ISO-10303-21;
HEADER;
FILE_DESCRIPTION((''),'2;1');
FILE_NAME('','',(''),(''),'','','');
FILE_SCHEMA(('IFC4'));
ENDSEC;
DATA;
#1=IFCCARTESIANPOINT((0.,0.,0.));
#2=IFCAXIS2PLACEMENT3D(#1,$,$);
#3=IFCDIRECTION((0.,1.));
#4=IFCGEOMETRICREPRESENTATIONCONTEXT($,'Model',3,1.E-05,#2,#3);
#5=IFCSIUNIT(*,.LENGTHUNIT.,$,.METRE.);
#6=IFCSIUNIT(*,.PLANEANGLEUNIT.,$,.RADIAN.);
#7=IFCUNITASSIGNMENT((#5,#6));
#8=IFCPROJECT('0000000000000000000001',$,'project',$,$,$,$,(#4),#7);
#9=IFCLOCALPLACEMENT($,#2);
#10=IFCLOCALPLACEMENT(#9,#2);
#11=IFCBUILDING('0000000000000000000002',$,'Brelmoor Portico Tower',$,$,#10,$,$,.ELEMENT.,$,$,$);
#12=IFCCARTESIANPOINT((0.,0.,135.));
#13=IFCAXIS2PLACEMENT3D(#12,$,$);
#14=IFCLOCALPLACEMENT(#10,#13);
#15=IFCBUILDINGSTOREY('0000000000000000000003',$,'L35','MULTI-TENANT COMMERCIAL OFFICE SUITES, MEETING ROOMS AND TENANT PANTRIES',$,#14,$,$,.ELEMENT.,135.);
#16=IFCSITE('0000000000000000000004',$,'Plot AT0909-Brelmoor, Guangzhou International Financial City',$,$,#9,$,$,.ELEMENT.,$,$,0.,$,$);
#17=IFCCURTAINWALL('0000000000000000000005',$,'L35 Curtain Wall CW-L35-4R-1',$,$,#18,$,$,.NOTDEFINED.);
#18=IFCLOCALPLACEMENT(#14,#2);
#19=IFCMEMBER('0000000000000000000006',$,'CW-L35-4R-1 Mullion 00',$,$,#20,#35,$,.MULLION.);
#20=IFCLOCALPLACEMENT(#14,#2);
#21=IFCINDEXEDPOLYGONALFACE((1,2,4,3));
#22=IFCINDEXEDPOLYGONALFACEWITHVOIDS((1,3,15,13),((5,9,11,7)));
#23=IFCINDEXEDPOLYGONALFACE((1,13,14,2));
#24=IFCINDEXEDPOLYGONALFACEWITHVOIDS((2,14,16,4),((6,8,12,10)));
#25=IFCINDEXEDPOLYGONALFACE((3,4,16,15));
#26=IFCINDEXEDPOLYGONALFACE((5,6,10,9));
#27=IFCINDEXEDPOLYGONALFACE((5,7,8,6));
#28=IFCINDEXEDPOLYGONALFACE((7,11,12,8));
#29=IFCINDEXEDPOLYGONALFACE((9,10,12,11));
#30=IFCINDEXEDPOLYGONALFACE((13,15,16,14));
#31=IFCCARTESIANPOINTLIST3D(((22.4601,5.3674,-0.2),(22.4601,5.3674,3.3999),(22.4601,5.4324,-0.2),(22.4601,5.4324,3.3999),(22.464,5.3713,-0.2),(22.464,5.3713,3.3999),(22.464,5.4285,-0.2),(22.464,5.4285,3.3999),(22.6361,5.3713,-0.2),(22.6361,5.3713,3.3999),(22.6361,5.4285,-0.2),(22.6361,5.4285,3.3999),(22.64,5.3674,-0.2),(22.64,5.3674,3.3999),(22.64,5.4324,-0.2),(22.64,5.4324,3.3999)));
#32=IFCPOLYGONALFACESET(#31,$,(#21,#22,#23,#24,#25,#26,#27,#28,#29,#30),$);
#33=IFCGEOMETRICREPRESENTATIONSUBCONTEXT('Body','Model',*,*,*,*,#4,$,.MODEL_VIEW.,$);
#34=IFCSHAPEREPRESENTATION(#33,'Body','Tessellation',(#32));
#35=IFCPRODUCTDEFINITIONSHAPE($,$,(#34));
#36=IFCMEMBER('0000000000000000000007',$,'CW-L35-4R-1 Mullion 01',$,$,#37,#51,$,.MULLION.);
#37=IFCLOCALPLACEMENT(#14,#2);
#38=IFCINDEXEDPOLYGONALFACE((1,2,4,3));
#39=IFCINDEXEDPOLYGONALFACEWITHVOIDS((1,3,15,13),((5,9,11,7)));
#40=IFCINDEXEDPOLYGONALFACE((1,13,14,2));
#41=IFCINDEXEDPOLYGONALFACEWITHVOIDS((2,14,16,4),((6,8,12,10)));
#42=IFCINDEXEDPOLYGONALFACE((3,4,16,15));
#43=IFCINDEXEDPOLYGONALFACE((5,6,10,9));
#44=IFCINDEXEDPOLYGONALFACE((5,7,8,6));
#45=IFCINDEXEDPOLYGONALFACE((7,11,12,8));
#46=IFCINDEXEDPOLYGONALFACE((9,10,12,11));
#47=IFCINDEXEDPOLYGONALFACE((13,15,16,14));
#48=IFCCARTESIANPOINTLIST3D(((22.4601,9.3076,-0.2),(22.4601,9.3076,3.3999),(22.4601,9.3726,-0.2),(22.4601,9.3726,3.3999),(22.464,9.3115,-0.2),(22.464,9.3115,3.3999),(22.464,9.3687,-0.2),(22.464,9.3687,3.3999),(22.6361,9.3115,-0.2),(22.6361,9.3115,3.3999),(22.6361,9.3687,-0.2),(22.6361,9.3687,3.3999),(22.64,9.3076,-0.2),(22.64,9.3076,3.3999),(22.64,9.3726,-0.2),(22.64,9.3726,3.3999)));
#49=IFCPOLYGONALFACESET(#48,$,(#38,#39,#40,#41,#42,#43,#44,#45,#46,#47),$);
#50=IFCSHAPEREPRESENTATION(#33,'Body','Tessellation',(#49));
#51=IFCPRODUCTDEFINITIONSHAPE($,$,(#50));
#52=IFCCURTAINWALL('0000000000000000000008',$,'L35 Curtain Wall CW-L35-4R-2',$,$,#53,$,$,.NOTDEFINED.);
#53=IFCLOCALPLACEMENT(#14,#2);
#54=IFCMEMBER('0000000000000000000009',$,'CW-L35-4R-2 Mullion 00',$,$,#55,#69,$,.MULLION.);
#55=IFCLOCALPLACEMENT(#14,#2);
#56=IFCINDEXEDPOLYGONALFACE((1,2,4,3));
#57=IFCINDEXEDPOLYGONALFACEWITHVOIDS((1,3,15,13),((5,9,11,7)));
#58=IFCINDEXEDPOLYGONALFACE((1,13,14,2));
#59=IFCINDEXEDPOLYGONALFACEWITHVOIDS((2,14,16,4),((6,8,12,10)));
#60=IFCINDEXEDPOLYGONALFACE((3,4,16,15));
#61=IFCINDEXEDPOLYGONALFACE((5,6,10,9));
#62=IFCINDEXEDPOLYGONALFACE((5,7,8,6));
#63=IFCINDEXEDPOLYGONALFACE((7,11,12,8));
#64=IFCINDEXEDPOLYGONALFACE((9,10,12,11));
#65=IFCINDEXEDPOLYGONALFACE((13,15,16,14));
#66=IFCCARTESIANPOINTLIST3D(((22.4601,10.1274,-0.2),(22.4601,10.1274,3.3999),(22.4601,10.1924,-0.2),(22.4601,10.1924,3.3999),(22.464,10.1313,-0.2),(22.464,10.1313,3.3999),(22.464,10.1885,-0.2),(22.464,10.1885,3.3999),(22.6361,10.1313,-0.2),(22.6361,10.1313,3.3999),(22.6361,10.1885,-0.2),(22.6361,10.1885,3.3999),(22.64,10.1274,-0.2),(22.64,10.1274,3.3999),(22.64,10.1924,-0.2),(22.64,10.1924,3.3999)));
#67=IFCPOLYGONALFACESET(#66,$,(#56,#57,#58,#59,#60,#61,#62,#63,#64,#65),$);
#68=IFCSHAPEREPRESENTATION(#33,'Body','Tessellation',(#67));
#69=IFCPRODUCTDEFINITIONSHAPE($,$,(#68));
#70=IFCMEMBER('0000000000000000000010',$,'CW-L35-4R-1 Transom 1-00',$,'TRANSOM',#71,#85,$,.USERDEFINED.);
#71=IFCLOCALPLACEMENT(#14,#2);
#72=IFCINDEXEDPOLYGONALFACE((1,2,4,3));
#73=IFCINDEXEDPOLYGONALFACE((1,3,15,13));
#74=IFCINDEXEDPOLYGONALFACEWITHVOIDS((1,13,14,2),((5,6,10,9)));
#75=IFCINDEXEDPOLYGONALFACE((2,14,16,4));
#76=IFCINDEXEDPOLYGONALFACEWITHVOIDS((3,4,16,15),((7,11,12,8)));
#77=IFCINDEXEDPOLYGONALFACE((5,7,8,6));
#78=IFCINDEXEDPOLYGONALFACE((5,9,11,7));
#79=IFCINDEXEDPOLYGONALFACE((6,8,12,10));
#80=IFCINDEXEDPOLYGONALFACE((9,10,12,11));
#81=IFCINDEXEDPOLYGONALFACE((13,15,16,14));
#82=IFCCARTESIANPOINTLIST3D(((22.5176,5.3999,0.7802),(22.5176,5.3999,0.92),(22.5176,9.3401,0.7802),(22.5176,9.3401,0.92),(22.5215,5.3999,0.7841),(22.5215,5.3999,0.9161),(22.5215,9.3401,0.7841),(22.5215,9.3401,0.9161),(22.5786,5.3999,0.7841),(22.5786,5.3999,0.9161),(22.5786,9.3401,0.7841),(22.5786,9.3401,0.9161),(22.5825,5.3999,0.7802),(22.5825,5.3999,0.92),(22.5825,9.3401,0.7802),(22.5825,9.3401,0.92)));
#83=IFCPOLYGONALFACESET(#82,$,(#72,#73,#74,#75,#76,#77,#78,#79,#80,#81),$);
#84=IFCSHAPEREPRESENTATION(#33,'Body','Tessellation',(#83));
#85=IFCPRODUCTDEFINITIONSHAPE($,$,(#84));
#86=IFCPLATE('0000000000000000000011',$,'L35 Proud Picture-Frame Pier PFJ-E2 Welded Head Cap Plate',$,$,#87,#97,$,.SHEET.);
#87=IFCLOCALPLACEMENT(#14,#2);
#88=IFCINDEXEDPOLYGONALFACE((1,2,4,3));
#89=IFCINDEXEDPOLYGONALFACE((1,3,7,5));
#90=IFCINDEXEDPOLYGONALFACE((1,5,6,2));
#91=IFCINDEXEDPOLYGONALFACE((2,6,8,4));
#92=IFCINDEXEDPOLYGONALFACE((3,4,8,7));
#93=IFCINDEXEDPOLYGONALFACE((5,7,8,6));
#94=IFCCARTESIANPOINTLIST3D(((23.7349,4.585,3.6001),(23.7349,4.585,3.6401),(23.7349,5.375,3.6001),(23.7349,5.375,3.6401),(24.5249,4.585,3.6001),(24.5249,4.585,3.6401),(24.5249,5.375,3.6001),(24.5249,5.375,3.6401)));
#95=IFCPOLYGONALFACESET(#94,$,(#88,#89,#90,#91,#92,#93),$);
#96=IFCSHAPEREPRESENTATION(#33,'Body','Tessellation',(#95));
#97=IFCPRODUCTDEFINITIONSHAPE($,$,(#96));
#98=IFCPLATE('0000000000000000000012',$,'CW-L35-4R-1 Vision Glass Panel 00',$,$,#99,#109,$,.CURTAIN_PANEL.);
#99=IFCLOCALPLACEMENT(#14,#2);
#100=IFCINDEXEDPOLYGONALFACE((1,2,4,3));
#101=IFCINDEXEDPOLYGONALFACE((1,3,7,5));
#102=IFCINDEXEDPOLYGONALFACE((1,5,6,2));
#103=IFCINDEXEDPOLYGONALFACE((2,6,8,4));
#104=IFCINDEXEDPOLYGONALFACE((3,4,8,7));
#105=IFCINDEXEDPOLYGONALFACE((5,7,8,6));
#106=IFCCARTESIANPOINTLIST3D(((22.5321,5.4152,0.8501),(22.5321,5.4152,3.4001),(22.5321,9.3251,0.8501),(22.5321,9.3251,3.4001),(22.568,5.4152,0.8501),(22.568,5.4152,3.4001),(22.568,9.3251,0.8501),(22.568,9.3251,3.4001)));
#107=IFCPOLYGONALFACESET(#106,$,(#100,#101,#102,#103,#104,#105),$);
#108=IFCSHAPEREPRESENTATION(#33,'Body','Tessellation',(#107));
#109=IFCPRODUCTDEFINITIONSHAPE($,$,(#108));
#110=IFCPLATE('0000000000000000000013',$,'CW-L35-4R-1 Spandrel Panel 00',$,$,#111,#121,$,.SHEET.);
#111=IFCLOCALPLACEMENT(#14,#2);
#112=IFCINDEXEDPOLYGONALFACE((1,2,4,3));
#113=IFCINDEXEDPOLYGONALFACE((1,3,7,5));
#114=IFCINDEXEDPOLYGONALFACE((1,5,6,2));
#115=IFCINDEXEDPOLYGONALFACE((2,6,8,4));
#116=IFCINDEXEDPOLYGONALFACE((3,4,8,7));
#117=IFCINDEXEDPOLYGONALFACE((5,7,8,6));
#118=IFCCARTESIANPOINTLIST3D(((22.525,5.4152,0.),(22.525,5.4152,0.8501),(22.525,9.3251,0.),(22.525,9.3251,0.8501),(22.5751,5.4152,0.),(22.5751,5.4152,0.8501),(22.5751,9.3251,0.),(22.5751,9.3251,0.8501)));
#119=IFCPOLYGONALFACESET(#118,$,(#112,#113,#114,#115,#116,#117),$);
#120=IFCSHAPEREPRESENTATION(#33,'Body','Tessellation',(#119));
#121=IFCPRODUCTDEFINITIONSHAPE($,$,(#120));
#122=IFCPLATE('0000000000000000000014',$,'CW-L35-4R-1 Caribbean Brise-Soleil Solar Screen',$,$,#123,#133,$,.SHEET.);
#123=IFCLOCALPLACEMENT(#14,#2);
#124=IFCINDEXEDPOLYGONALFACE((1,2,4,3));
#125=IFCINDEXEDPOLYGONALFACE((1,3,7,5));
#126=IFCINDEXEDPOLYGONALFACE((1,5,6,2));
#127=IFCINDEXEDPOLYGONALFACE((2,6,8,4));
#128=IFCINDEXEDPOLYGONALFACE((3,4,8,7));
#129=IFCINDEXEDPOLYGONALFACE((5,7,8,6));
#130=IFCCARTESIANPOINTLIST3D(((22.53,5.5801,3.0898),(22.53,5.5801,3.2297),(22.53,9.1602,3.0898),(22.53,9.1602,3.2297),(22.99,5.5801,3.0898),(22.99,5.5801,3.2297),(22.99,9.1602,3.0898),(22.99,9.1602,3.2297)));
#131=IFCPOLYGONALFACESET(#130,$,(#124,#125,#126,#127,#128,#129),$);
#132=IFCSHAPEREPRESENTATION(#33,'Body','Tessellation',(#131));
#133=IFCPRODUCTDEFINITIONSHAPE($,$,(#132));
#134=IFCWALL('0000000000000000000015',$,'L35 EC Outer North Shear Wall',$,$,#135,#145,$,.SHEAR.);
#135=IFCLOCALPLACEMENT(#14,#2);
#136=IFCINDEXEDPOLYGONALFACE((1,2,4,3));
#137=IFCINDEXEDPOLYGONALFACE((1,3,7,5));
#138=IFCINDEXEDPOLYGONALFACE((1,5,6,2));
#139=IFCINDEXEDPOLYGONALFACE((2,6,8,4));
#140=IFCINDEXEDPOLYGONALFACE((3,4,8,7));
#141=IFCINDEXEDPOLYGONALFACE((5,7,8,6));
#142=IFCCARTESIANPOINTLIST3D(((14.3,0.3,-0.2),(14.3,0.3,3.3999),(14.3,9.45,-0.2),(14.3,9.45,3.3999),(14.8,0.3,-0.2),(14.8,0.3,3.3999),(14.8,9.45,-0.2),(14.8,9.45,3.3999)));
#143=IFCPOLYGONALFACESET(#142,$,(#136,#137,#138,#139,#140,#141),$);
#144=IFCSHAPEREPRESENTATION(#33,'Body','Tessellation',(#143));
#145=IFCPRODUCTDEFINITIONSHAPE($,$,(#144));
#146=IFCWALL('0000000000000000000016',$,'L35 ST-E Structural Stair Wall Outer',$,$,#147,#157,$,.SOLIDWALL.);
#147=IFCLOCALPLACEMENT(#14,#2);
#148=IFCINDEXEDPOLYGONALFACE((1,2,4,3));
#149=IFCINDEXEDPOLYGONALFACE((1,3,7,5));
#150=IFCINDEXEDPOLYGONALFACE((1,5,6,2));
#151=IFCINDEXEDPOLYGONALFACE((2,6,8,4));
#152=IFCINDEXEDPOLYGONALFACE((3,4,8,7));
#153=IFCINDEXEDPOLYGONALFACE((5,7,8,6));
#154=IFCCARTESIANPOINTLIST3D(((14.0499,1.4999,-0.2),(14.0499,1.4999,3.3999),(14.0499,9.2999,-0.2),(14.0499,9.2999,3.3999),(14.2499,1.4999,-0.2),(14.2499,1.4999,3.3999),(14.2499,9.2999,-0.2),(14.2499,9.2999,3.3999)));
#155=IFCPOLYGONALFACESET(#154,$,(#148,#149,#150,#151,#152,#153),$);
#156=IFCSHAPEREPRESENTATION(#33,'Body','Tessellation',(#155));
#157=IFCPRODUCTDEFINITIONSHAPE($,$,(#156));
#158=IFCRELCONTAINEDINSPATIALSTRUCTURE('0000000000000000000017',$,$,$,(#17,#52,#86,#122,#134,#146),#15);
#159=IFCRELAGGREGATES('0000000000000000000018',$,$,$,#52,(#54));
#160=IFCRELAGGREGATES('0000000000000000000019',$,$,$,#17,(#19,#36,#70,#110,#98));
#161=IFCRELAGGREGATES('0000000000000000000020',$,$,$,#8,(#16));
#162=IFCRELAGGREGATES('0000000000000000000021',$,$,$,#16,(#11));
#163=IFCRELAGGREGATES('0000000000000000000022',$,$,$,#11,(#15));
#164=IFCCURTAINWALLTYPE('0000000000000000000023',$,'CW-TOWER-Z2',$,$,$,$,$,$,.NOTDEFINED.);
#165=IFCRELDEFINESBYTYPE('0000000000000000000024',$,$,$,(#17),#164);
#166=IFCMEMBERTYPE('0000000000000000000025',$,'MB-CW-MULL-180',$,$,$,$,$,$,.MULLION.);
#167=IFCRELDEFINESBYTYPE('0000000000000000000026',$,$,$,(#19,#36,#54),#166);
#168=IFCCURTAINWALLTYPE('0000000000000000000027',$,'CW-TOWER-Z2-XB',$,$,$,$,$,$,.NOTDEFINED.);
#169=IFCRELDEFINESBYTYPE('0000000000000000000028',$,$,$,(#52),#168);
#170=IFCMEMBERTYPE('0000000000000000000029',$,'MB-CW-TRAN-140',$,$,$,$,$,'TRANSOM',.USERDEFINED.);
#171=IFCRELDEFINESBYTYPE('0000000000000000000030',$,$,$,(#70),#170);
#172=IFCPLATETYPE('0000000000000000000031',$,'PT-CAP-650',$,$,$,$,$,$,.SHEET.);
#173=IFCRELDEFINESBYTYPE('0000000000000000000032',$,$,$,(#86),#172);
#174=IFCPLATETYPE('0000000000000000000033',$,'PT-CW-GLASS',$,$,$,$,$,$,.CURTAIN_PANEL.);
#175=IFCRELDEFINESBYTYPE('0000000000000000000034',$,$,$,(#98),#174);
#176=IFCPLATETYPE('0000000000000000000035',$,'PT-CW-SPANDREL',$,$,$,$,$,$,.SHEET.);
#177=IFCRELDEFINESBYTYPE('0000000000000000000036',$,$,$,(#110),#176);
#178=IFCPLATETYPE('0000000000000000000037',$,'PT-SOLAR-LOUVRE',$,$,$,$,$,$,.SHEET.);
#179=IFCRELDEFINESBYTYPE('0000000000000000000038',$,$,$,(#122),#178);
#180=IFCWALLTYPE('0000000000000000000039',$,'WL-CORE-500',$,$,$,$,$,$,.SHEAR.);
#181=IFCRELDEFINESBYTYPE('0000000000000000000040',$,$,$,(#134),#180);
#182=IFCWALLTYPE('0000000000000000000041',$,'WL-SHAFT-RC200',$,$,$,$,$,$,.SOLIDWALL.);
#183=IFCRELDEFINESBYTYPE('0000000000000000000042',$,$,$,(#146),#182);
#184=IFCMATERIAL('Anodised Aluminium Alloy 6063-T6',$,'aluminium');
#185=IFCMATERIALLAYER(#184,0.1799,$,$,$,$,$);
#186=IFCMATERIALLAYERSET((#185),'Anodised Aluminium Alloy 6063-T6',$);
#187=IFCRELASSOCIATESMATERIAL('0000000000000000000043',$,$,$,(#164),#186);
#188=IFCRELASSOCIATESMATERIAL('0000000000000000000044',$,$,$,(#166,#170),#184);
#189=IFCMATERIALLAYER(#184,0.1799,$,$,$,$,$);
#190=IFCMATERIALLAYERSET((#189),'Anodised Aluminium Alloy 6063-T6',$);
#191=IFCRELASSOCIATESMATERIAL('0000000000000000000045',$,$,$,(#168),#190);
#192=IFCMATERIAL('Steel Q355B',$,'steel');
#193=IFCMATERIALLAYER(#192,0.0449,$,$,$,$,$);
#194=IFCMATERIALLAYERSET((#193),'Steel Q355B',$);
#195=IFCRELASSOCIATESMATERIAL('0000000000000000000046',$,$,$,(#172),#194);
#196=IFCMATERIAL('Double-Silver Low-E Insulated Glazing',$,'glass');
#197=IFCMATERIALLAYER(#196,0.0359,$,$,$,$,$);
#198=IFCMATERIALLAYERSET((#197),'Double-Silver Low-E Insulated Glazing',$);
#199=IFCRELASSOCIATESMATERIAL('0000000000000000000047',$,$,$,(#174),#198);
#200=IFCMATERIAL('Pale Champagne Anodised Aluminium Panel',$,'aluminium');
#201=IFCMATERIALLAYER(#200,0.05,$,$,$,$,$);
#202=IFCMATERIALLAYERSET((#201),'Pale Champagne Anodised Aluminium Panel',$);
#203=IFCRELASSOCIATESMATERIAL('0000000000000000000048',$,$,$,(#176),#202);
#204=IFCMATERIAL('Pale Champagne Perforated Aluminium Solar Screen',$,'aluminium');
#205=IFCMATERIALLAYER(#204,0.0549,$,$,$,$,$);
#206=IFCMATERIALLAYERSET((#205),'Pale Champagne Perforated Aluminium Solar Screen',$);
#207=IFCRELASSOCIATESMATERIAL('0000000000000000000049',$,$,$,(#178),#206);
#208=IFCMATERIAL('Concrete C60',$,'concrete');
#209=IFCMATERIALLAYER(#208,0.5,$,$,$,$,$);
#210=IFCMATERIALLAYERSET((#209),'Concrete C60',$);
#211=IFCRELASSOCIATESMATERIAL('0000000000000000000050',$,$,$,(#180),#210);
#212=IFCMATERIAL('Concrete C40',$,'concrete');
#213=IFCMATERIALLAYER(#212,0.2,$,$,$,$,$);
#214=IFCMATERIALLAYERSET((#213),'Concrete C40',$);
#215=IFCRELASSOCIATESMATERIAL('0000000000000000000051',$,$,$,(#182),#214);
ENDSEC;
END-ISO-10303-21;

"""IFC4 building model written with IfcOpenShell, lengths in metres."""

from ifc_helpers import new_model, si_unit, direction, frame, frame_2d, origin, origin_2d, place, context, subcontext, project, spatial, rectangle, hollow_rectangle, extrude, material, layer, layer_set, material_profile, profile_set, type_object, element, aggregate, save


model = new_model("IFC4")

# Units and contexts
model_context = context("Model", 3, precision=1e-05, world=origin(), true_north=direction((0.0, 1.0)))
body_context = subcontext(model_context, "Body", "Model", "MODEL_VIEW")
ifc_project = project(units=[si_unit("LENGTHUNIT", "METRE"), si_unit("PLANEANGLEUNIT", "RADIAN")], contexts=[model_context])

# Site, building, storey
site_placement = place(None, origin())
site = spatial("IfcSite", under=ifc_project, at=site_placement, Name="Plot AT0909-Brelmoor, Guangzhou International Financial City", CompositionType="ELEMENT", RefElevation=0.0)
building_placement = place(site_placement, origin())
building = spatial("IfcBuilding", under=site, at=building_placement, Name="Brelmoor Portico Tower", CompositionType="ELEMENT")
storey_placement = place(building_placement, frame((0.0, 0.0, 135.0)))
storey = spatial("IfcBuildingStorey", under=building, at=storey_placement, Name="L35", Description="MULTI-TENANT COMMERCIAL OFFICE SUITES, MEETING ROOMS AND TENANT PANTRIES", CompositionType="ELEMENT", Elevation=135.0)

# Shared definitions
ifc_material_1 = material(Name="Steel Q355B", Category="steel")

# Curtain wall, members
ifc_material_2 = material(Name="Anodised Aluminium Alloy 6063-T6", Category="aluminium")
ifc_layer_1 = layer(ifc_material_2, 0.1799)
ifc_layer_set_1 = layer_set([ifc_layer_1], Name="Anodised Aluminium Alloy 6063-T6")
curtain_wall_type_1 = type_object("IfcCurtainWallType", Name="CW-TOWER-Z2", PredefinedType="NOTDEFINED", material=ifc_layer_set_1)
curtain_wall_1_placement = place(storey_placement, origin())
curtain_wall_1 = element("IfcCurtainWall", 1, at=curtain_wall_1_placement, inside=storey, type_object=curtain_wall_type_1, Name="L35 Curtain Wall CW-L35-4R-1", PredefinedType="NOTDEFINED")
ifc_material_profile_1 = material_profile(ifc_material_2, hollow_rectangle(XDim=0.0649, YDim=0.1799, WallThickness=0.0039, at=origin_2d()), Name="ALU MULLION 65x180")
ifc_profile_set_1 = profile_set([ifc_material_profile_1], Name="Anodised Aluminium Alloy 6063-T6")
member_type_1 = type_object("IfcMemberType", Name="MB-CW-MULL-180", PredefinedType="MULLION", material=ifc_profile_set_1)
member_1_placement = place(storey_placement, frame((22.55, 5.3999, -0.2), z_axis=(0.0, 0.0, 1.0), x_axis=(0.0, 1.0, 0.0)))
member_1 = element("IfcMember", 2, at=member_1_placement, type_object=member_type_1, Name="CW-L35-4R-1 Mullion 00", PredefinedType="MULLION", context=body_context, shape_type="SweptSolid", body=[
    extrude(hollow_rectangle(XDim=0.0649, YDim=0.1799, WallThickness=0.0039, at=origin_2d()), origin(), (0.0, 0.0, 1.0), 3.5999),
])
member_2_placement = place(storey_placement, frame((22.55, 9.3401, -0.2), z_axis=(0.0, 0.0, 1.0), x_axis=(0.0, 1.0, 0.0)))
member_2 = element("IfcMember", 3, at=member_2_placement, type_object=member_type_1, Name="CW-L35-4R-1 Mullion 01", PredefinedType="MULLION", context=body_context, shape_type="SweptSolid", body=[
    extrude(hollow_rectangle(XDim=0.0649, YDim=0.1799, WallThickness=0.0039, at=origin_2d()), origin(), (0.0, 0.0, 1.0), 3.5999),
])

# Curtain wall, member
ifc_layer_2 = layer(ifc_material_2, 0.1799)
ifc_layer_set_2 = layer_set([ifc_layer_2], Name="Anodised Aluminium Alloy 6063-T6")
curtain_wall_type_2 = type_object("IfcCurtainWallType", Name="CW-TOWER-Z2-XB", PredefinedType="NOTDEFINED", material=ifc_layer_set_2)
curtain_wall_2_placement = place(storey_placement, origin())
curtain_wall_2 = element("IfcCurtainWall", 4, at=curtain_wall_2_placement, inside=storey, type_object=curtain_wall_type_2, Name="L35 Curtain Wall CW-L35-4R-2", PredefinedType="NOTDEFINED")
member_3_placement = place(storey_placement, frame((22.55, 10.1599, -0.2), z_axis=(0.0, 0.0, 1.0), x_axis=(0.0, 1.0, 0.0)))
member_3 = element("IfcMember", 5, at=member_3_placement, type_object=member_type_1, Name="CW-L35-4R-2 Mullion 00", PredefinedType="MULLION", context=body_context, shape_type="SweptSolid", body=[
    extrude(hollow_rectangle(XDim=0.0649, YDim=0.1799, WallThickness=0.0039, at=origin_2d()), origin(), (0.0, 0.0, 1.0), 3.5999),
])
aggregate(curtain_wall_2, [member_3])

# Member
ifc_material_profile_2 = material_profile(ifc_material_2, hollow_rectangle(XDim=0.0649, YDim=0.1399, WallThickness=0.0039, at=origin_2d()), Name="ALU TRANSOM 65x140")
ifc_profile_set_2 = profile_set([ifc_material_profile_2], Name="Anodised Aluminium Alloy 6063-T6")
member_type_2 = type_object("IfcMemberType", Name="MB-CW-TRAN-140", ElementType="TRANSOM", PredefinedType="USERDEFINED", material=ifc_profile_set_2)
member_4_placement = place(storey_placement, frame((22.55, 5.3999, 0.8501), z_axis=(0.0, 1.0, 0.0), x_axis=(-1.0, 0.0, 0.0)))
member_4 = element("IfcMember", 6, at=member_4_placement, type_object=member_type_2, Name="CW-L35-4R-1 Transom 1-00", ObjectType="TRANSOM", PredefinedType="USERDEFINED", context=body_context, shape_type="SweptSolid", body=[
    extrude(hollow_rectangle(XDim=0.0649, YDim=0.1399, WallThickness=0.0039, at=origin_2d()), origin(), (0.0, 0.0, 1.0), 3.9402),
])

# Plates
ifc_layer_3 = layer(ifc_material_1, 0.0449)
ifc_layer_set_3 = layer_set([ifc_layer_3], Name="Steel Q355B")
plate_type_1 = type_object("IfcPlateType", Name="PT-CAP-650", PredefinedType="SHEET", material=ifc_layer_set_3)
plate_1_placement = place(storey_placement, frame((24.1299, 4.98, 3.6001), z_axis=(0.0, 0.0, 1.0), x_axis=(0.0, 1.0, 0.0)))
element("IfcPlate", 7, at=plate_1_placement, inside=storey, type_object=plate_type_1, Name="L35 Proud Picture-Frame Pier PFJ-E2 Welded Head Cap Plate", PredefinedType="SHEET", context=body_context, shape_type="SweptSolid", body=[
    extrude(rectangle(XDim=0.79, YDim=0.79, at=origin_2d()), origin(), (0.0, 0.0, 1.0), 0.04),
])
ifc_material_3 = material(Name="Double-Silver Low-E Insulated Glazing", Category="glass")
ifc_layer_4 = layer(ifc_material_3, 0.0359)
ifc_layer_set_4 = layer_set([ifc_layer_4], Name="Double-Silver Low-E Insulated Glazing")
plate_type_2 = type_object("IfcPlateType", Name="PT-CW-GLASS", PredefinedType="CURTAIN_PANEL", material=ifc_layer_set_4)
plate_2_placement = place(storey_placement, frame((22.55, 7.3701, 0.8501), z_axis=(0.0, 0.0, 1.0), x_axis=(0.0, 1.0, 0.0)))
plate_2 = element("IfcPlate", 8, at=plate_2_placement, type_object=plate_type_2, Name="CW-L35-4R-1 Vision Glass Panel 00", PredefinedType="CURTAIN_PANEL", context=body_context, shape_type="SweptSolid", body=[
    extrude(rectangle(XDim=3.9099, YDim=0.0359, at=origin_2d()), origin(), (0.0, 0.0, 1.0), 2.55),
])
ifc_material_4 = material(Name="Pale Champagne Anodised Aluminium Panel", Category="aluminium")
ifc_layer_5 = layer(ifc_material_4, 0.05)
ifc_layer_set_5 = layer_set([ifc_layer_5], Name="Pale Champagne Anodised Aluminium Panel")
plate_type_3 = type_object("IfcPlateType", Name="PT-CW-SPANDREL", PredefinedType="SHEET", material=ifc_layer_set_5)
plate_3_placement = place(storey_placement, frame((22.55, 7.3701, 0.0), z_axis=(0.0, 0.0, 1.0), x_axis=(0.0, 1.0, 0.0)))
plate_3 = element("IfcPlate", 9, at=plate_3_placement, type_object=plate_type_3, Name="CW-L35-4R-1 Spandrel Panel 00", PredefinedType="SHEET", context=body_context, shape_type="SweptSolid", body=[
    extrude(rectangle(XDim=3.9099, YDim=0.05, at=origin_2d()), origin(), (0.0, 0.0, 1.0), 0.8501),
])
aggregate(curtain_wall_1, [member_1, member_2, member_4, plate_3, plate_2])
ifc_material_5 = material(Name="Pale Champagne Perforated Aluminium Solar Screen", Category="aluminium")
ifc_layer_6 = layer(ifc_material_5, 0.0549)
ifc_layer_set_6 = layer_set([ifc_layer_6], Name="Pale Champagne Perforated Aluminium Solar Screen")
plate_type_4 = type_object("IfcPlateType", Name="PT-SOLAR-LOUVRE", PredefinedType="SHEET", material=ifc_layer_set_6)
plate_4_placement = place(storey_placement, frame((22.76, 7.3701, 3.0898), z_axis=(0.0, 0.0, 1.0), x_axis=(0.0, 1.0, 0.0)))
element("IfcPlate", 10, at=plate_4_placement, inside=storey, type_object=plate_type_4, Name="CW-L35-4R-1 Caribbean Brise-Soleil Solar Screen", PredefinedType="SHEET", context=body_context, shape_type="SweptSolid", body=[
    extrude(rectangle(XDim=3.5801, YDim=0.46, at=origin_2d()), origin(), (0.0, 0.0, 1.0), 0.1399),
])

# Walls
ifc_material_6 = material(Name="Concrete C60", Category="concrete")
ifc_layer_7 = layer(ifc_material_6, 0.5)
ifc_layer_set_7 = layer_set([ifc_layer_7], Name="Concrete C60")
wall_type_1 = type_object("IfcWallType", Name="WL-CORE-500", PredefinedType="SHEAR", material=ifc_layer_set_7)
wall_1_placement = place(storey_placement, frame((14.55, 0.3, -0.2), z_axis=(0.0, 0.0, 1.0), x_axis=(0.0, 1.0, 0.0)))
element("IfcWall", 11, at=wall_1_placement, inside=storey, type_object=wall_type_1, Name="L35 EC Outer North Shear Wall", PredefinedType="SHEAR", context=body_context, shape_type="SweptSolid", body=[
    extrude(rectangle(XDim=9.1499, YDim=0.5, at=frame_2d((4.575, 0.0))), origin(), (0.0, 0.0, 1.0), 3.5999),
])
ifc_material_7 = material(Name="Concrete C40", Category="concrete")
ifc_layer_8 = layer(ifc_material_7, 0.2)
ifc_layer_set_8 = layer_set([ifc_layer_8], Name="Concrete C40")
wall_type_2 = type_object("IfcWallType", Name="WL-SHAFT-RC200", PredefinedType="SOLIDWALL", material=ifc_layer_set_8)
wall_2_placement = place(storey_placement, frame((14.1499, 1.5, -0.2), z_axis=(0.0, 0.0, 1.0), x_axis=(0.0, 1.0, 0.0)))
element("IfcWall", 12, at=wall_2_placement, inside=storey, type_object=wall_type_2, Name="L35 ST-E Structural Stair Wall Outer", PredefinedType="SOLIDWALL", context=body_context, shape_type="SweptSolid", body=[
    extrude(rectangle(XDim=7.8, YDim=0.2, at=frame_2d((3.8999, 0.0))), origin(), (0.0, 0.0, 1.0), 3.5999),
])

save(model, "model.ifc")
